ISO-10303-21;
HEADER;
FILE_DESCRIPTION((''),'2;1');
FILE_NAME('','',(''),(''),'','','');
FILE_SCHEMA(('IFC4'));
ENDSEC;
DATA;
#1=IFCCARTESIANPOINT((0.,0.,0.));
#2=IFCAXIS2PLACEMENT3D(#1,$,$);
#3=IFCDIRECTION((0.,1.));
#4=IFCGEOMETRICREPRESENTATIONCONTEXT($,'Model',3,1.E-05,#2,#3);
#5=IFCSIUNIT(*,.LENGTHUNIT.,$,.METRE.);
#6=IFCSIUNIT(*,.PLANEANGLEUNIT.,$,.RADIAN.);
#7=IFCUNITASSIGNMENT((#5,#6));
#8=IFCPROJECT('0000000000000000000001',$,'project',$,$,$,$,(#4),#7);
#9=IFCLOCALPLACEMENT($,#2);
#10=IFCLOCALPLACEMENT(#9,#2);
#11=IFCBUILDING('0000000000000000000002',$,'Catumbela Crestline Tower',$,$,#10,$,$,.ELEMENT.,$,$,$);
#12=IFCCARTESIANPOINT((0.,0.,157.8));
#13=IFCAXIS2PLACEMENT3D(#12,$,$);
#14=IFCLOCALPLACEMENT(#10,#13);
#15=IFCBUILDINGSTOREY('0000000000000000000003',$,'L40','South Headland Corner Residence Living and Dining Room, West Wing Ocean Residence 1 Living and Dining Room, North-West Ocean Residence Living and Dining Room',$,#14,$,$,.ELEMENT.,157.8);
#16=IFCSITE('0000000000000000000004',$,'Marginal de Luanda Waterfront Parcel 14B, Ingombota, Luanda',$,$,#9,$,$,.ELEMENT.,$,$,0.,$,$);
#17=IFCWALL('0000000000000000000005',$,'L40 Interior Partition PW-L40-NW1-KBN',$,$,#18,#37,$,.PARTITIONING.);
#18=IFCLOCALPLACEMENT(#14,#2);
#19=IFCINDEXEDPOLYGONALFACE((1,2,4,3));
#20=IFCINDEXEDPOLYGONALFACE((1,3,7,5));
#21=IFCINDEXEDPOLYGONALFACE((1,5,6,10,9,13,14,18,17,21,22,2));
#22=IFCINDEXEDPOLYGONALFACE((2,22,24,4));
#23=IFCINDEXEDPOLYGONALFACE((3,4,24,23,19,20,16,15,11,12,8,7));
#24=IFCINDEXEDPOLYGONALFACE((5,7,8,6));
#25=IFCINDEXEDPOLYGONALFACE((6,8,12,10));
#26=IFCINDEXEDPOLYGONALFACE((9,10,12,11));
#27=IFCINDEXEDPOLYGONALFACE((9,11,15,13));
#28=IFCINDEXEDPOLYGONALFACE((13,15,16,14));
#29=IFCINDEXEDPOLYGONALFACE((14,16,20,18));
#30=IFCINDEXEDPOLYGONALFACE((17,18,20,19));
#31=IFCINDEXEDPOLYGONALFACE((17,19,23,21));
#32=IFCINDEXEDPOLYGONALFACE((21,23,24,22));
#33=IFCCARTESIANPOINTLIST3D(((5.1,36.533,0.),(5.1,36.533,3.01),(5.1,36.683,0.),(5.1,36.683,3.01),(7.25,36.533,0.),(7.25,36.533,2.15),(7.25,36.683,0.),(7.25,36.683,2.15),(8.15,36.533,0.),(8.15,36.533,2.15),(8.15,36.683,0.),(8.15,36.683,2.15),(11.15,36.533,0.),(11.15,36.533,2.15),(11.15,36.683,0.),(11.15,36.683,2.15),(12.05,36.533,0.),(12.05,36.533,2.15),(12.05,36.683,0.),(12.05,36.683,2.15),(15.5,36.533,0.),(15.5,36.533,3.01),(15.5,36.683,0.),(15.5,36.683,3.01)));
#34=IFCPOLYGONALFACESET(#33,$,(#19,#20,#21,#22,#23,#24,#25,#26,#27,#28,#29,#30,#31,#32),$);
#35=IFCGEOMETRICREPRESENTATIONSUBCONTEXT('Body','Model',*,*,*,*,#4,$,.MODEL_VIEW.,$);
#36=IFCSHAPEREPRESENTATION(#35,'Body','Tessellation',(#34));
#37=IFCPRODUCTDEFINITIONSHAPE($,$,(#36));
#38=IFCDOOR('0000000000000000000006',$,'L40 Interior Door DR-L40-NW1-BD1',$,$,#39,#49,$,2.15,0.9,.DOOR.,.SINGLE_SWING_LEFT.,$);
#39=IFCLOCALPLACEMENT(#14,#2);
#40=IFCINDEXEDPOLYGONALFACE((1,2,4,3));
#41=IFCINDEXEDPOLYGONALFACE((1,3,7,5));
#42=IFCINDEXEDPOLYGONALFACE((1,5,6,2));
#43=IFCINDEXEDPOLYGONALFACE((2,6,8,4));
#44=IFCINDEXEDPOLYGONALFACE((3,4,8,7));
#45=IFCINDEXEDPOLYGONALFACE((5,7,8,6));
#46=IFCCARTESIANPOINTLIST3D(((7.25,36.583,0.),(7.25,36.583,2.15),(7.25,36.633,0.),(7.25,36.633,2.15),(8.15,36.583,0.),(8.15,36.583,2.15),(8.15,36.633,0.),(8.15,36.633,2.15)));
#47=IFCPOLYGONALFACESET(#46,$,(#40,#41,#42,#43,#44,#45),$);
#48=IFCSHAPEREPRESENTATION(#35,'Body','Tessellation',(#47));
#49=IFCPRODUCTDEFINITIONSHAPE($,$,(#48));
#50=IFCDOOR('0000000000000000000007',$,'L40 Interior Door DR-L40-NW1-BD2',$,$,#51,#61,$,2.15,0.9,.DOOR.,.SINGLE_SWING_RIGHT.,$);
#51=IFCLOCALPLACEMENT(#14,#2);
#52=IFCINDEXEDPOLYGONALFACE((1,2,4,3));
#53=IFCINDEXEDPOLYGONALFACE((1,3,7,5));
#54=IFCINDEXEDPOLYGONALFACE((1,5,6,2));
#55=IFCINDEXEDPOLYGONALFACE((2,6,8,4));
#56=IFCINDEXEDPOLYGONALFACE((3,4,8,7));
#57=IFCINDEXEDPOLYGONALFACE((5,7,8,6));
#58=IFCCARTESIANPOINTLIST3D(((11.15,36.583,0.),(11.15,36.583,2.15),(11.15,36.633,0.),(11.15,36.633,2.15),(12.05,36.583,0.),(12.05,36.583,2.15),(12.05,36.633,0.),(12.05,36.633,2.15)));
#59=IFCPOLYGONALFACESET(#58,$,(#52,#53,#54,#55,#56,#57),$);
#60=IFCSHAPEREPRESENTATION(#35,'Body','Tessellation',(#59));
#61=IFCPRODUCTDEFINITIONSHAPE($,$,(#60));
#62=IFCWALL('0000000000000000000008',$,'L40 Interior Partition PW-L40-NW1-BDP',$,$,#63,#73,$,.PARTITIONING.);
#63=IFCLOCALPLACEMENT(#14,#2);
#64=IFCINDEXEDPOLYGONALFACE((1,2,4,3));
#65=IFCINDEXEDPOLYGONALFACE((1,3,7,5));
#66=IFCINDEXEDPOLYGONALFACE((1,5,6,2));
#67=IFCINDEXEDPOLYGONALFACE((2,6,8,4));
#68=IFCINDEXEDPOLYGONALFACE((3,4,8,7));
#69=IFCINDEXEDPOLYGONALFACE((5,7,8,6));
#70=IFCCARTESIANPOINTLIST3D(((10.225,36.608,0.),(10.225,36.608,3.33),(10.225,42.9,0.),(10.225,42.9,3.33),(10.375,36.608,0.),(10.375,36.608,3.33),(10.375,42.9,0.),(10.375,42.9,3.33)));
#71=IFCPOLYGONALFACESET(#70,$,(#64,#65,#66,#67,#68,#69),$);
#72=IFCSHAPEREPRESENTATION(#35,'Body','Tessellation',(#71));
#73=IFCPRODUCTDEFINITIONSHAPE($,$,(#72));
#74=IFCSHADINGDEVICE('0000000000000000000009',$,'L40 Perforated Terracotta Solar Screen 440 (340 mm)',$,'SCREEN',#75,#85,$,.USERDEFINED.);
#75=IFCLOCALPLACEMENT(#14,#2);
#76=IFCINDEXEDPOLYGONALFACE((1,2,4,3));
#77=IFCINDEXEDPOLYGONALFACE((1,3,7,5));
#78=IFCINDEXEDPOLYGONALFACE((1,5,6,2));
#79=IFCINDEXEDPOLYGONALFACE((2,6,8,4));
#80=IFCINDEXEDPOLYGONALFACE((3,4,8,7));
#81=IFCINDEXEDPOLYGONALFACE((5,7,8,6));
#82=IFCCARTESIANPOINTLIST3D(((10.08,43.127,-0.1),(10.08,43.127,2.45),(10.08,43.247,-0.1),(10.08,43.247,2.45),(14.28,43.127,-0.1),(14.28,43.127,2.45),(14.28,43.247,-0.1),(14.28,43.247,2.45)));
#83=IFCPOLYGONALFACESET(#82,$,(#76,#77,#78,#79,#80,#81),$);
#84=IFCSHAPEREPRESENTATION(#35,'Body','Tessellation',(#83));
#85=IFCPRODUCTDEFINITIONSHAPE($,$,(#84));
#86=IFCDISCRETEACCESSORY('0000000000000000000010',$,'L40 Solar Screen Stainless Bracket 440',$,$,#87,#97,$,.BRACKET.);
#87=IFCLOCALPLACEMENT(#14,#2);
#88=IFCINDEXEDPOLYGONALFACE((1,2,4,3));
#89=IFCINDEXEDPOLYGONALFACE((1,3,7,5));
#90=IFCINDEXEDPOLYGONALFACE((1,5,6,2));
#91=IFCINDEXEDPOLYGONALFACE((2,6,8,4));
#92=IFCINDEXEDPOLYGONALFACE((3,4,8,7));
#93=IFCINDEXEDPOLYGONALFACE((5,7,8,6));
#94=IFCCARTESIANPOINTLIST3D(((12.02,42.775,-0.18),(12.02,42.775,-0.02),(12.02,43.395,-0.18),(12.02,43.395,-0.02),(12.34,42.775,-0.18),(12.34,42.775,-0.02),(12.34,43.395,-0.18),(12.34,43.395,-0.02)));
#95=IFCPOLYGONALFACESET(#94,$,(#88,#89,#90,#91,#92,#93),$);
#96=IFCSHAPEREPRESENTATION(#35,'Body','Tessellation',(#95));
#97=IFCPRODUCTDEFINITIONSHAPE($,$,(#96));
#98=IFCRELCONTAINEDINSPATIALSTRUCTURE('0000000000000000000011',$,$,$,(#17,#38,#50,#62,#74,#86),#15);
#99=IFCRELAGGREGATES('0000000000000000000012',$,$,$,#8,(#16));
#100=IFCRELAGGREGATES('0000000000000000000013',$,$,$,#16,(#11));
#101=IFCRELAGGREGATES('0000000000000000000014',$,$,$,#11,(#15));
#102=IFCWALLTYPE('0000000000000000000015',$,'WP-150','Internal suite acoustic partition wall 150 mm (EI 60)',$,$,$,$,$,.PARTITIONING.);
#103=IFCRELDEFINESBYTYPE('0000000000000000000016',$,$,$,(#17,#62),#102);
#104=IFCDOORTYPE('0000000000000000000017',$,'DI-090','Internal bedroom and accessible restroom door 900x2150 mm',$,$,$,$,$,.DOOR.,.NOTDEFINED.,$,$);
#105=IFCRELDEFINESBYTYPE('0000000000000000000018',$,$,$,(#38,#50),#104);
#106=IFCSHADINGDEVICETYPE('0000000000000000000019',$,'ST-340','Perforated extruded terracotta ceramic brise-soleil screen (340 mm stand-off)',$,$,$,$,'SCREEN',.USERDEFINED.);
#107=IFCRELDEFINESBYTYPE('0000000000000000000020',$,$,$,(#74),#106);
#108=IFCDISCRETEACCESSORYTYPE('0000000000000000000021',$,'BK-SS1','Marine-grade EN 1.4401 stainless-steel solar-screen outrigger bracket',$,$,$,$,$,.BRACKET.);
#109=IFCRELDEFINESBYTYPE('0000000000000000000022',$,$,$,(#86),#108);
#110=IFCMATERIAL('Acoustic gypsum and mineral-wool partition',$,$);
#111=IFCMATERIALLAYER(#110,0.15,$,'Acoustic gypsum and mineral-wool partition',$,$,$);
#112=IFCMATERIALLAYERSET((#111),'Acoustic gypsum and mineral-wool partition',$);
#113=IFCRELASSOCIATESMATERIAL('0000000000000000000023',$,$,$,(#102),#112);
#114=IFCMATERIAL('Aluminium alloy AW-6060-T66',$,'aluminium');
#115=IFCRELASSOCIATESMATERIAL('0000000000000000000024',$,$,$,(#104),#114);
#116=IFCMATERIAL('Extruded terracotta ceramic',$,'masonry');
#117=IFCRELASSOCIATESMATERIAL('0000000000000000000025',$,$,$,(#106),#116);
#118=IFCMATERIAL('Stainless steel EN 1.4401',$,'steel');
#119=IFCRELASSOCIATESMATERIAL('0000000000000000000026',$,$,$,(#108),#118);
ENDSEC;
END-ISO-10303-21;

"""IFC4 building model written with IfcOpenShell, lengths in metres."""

from ifc_helpers import new_model, si_unit, direction, frame, frame_2d, origin, origin_2d, place, context, subcontext, project, spatial, rectangle, extrude, material, layer, layer_set, type_object, element, fill, save


model = new_model("IFC4")

# Units and contexts
model_context = context("Model", 3, precision=1e-05, world=origin(), true_north=direction((0.0, 1.0)))
body_context = subcontext(model_context, "Body", "Model", "MODEL_VIEW")
ifc_project = project(units=[si_unit("LENGTHUNIT", "METRE"), si_unit("PLANEANGLEUNIT", "RADIAN")], contexts=[model_context])

# Site, building, storey
site_placement = place(None, origin())
site = spatial("IfcSite", under=ifc_project, at=site_placement, Name="Marginal de Luanda Waterfront Parcel 14B, Ingombota, Luanda", CompositionType="ELEMENT", RefElevation=0.0)
building_placement = place(site_placement, origin())
building = spatial("IfcBuilding", under=site, at=building_placement, Name="Catumbela Crestline Tower", CompositionType="ELEMENT")
storey_placement = place(building_placement, frame((0.0, 0.0, 157.8)))
storey = spatial("IfcBuildingStorey", under=building, at=storey_placement, Name="L40", Description="South Headland Corner Residence Living and Dining Room, West Wing Ocean Residence 1 Living and Dining Room, North-West Ocean Residence Living and Dining Room", CompositionType="ELEMENT", Elevation=157.8)

# Shared definitions
ifc_material_1 = material(Name="Aluminium alloy AW-6060-T66", Category="aluminium")

# Wall, openings, doors
ifc_material_2 = material(Name="Acoustic gypsum and mineral-wool partition")
ifc_layer_1 = layer(ifc_material_2, 0.15, Name="Acoustic gypsum and mineral-wool partition")
ifc_layer_set_1 = layer_set([ifc_layer_1], Name="Acoustic gypsum and mineral-wool partition")
wall_type_1 = type_object("IfcWallType", Name="WP-150", Description="Internal suite acoustic partition wall 150 mm (EI 60)", PredefinedType="PARTITIONING", material=ifc_layer_set_1)
wall_1_placement = place(storey_placement, frame((5.1, 36.608, 0.0), z_axis=(0.0, 0.0, 1.0), x_axis=(1.0, 0.0, 0.0)))
wall_1 = element("IfcWall", 1, at=wall_1_placement, inside=storey, type_object=wall_type_1, Name="L40 Interior Partition PW-L40-NW1-KBN", PredefinedType="PARTITIONING", context=body_context, shape_type="SweptSolid", body=[
    extrude(rectangle(XDim=10.4, YDim=0.15, at=frame_2d((5.2, 0.0))), origin(), (0.0, 0.0, 1.0), 3.01),
])
opening_1_placement = place(wall_1_placement, frame((2.15, 0.0, 0.0)))
opening_1 = element("IfcOpeningElement", 2, at=opening_1_placement, cuts=wall_1, PredefinedType="OPENING", context=body_context, shape_type="SweptSolid", body=[
    extrude(rectangle(XDim=0.9, YDim=2.15, at=frame_2d((0.45, 1.075))), frame((0.0, 0.085, 0.0), z_axis=(0.0, -1.0, 0.0), x_axis=(1.0, 0.0, 0.0)), (0.0, 0.0, 1.0), 0.17),
])
opening_2_placement = place(wall_1_placement, frame((6.05, 0.0, 0.0)))
opening_2 = element("IfcOpeningElement", 3, at=opening_2_placement, cuts=wall_1, PredefinedType="OPENING", context=body_context, shape_type="SweptSolid", body=[
    extrude(rectangle(XDim=0.9, YDim=2.15, at=frame_2d((0.45, 1.075))), frame((0.0, 0.085, 0.0), z_axis=(0.0, -1.0, 0.0), x_axis=(1.0, 0.0, 0.0)), (0.0, 0.0, 1.0), 0.17),
])
door_type_1 = type_object("IfcDoorType", Name="DI-090", Description="Internal bedroom and accessible restroom door 900x2150 mm", OperationType="NOTDEFINED", PredefinedType="DOOR", material=ifc_material_1)
door_1_placement = place(opening_1_placement, origin())
door_1 = element("IfcDoor", 4, at=door_1_placement, inside=storey, type_object=door_type_1, Name="L40 Interior Door DR-L40-NW1-BD1", OperationType="SINGLE_SWING_LEFT", OverallHeight=2.15, OverallWidth=0.9, PredefinedType="DOOR", context=body_context, shape_type="SweptSolid", body=[
    extrude(rectangle(XDim=0.9, YDim=2.15, at=frame_2d((0.45, 1.075))), frame((0.0, 0.025, 0.0), z_axis=(0.0, -1.0, 0.0), x_axis=(1.0, 0.0, 0.0)), (0.0, 0.0, 1.0), 0.05),
])
fill(opening_1, door_1)
door_2_placement = place(opening_2_placement, origin())
door_2 = element("IfcDoor", 5, at=door_2_placement, inside=storey, type_object=door_type_1, Name="L40 Interior Door DR-L40-NW1-BD2", OperationType="SINGLE_SWING_RIGHT", OverallHeight=2.15, OverallWidth=0.9, PredefinedType="DOOR", context=body_context, shape_type="SweptSolid", body=[
    extrude(rectangle(XDim=0.9, YDim=2.15, at=frame_2d((0.45, 1.075))), frame((0.0, 0.025, 0.0), z_axis=(0.0, -1.0, 0.0), x_axis=(1.0, 0.0, 0.0)), (0.0, 0.0, 1.0), 0.05),
])
fill(opening_2, door_2)

# Wall
wall_2_placement = place(storey_placement, frame((10.3, 36.608, 0.0), z_axis=(0.0, 0.0, 1.0), x_axis=(0.0, 1.0, 0.0)))
element("IfcWall", 6, at=wall_2_placement, inside=storey, type_object=wall_type_1, Name="L40 Interior Partition PW-L40-NW1-BDP", PredefinedType="PARTITIONING", context=body_context, shape_type="SweptSolid", body=[
    extrude(rectangle(XDim=6.292, YDim=0.15, at=frame_2d((3.146, 0.0))), origin(), (0.0, 0.0, 1.0), 3.33),
])

# Shared definitions
ifc_material_3 = material(Name="Stainless steel EN 1.4401", Category="steel")

# Shading device
ifc_material_4 = material(Name="Extruded terracotta ceramic", Category="masonry")
shading_device_type = type_object("IfcShadingDeviceType", Name="ST-340", Description="Perforated extruded terracotta ceramic brise-soleil screen (340 mm stand-off)", ElementType="SCREEN", PredefinedType="USERDEFINED", material=ifc_material_4)
shading_device_placement = place(storey_placement, frame((12.18, 43.187, -0.1), z_axis=(0.0, 0.0, 1.0), x_axis=(-1.0, 0.0, 0.0)))
element("IfcShadingDevice", 7, at=shading_device_placement, inside=storey, type_object=shading_device_type, Name="L40 Perforated Terracotta Solar Screen 440 (340 mm)", ObjectType="SCREEN", PredefinedType="USERDEFINED", context=body_context, shape_type="SweptSolid", body=[
    extrude(rectangle(XDim=4.2, YDim=0.12, at=origin_2d()), origin(), (0.0, 0.0, 1.0), 2.55),
])

# Discrete accessory
discrete_accessory_type = type_object("IfcDiscreteAccessoryType", Name="BK-SS1", Description="Marine-grade EN 1.4401 stainless-steel solar-screen outrigger bracket", PredefinedType="BRACKET", material=ifc_material_3)
discrete_accessory_placement = place(storey_placement, frame((12.18, 43.085, -0.18), z_axis=(0.0, 0.0, 1.0), x_axis=(-1.0, 0.0, 0.0)))
element("IfcDiscreteAccessory", 8, at=discrete_accessory_placement, inside=storey, type_object=discrete_accessory_type, Name="L40 Solar Screen Stainless Bracket 440", PredefinedType="BRACKET", context=body_context, shape_type="SweptSolid", body=[
    extrude(rectangle(XDim=0.32, YDim=0.62, at=origin_2d()), origin(), (0.0, 0.0, 1.0), 0.16),
])

save(model, "model.ifc")
